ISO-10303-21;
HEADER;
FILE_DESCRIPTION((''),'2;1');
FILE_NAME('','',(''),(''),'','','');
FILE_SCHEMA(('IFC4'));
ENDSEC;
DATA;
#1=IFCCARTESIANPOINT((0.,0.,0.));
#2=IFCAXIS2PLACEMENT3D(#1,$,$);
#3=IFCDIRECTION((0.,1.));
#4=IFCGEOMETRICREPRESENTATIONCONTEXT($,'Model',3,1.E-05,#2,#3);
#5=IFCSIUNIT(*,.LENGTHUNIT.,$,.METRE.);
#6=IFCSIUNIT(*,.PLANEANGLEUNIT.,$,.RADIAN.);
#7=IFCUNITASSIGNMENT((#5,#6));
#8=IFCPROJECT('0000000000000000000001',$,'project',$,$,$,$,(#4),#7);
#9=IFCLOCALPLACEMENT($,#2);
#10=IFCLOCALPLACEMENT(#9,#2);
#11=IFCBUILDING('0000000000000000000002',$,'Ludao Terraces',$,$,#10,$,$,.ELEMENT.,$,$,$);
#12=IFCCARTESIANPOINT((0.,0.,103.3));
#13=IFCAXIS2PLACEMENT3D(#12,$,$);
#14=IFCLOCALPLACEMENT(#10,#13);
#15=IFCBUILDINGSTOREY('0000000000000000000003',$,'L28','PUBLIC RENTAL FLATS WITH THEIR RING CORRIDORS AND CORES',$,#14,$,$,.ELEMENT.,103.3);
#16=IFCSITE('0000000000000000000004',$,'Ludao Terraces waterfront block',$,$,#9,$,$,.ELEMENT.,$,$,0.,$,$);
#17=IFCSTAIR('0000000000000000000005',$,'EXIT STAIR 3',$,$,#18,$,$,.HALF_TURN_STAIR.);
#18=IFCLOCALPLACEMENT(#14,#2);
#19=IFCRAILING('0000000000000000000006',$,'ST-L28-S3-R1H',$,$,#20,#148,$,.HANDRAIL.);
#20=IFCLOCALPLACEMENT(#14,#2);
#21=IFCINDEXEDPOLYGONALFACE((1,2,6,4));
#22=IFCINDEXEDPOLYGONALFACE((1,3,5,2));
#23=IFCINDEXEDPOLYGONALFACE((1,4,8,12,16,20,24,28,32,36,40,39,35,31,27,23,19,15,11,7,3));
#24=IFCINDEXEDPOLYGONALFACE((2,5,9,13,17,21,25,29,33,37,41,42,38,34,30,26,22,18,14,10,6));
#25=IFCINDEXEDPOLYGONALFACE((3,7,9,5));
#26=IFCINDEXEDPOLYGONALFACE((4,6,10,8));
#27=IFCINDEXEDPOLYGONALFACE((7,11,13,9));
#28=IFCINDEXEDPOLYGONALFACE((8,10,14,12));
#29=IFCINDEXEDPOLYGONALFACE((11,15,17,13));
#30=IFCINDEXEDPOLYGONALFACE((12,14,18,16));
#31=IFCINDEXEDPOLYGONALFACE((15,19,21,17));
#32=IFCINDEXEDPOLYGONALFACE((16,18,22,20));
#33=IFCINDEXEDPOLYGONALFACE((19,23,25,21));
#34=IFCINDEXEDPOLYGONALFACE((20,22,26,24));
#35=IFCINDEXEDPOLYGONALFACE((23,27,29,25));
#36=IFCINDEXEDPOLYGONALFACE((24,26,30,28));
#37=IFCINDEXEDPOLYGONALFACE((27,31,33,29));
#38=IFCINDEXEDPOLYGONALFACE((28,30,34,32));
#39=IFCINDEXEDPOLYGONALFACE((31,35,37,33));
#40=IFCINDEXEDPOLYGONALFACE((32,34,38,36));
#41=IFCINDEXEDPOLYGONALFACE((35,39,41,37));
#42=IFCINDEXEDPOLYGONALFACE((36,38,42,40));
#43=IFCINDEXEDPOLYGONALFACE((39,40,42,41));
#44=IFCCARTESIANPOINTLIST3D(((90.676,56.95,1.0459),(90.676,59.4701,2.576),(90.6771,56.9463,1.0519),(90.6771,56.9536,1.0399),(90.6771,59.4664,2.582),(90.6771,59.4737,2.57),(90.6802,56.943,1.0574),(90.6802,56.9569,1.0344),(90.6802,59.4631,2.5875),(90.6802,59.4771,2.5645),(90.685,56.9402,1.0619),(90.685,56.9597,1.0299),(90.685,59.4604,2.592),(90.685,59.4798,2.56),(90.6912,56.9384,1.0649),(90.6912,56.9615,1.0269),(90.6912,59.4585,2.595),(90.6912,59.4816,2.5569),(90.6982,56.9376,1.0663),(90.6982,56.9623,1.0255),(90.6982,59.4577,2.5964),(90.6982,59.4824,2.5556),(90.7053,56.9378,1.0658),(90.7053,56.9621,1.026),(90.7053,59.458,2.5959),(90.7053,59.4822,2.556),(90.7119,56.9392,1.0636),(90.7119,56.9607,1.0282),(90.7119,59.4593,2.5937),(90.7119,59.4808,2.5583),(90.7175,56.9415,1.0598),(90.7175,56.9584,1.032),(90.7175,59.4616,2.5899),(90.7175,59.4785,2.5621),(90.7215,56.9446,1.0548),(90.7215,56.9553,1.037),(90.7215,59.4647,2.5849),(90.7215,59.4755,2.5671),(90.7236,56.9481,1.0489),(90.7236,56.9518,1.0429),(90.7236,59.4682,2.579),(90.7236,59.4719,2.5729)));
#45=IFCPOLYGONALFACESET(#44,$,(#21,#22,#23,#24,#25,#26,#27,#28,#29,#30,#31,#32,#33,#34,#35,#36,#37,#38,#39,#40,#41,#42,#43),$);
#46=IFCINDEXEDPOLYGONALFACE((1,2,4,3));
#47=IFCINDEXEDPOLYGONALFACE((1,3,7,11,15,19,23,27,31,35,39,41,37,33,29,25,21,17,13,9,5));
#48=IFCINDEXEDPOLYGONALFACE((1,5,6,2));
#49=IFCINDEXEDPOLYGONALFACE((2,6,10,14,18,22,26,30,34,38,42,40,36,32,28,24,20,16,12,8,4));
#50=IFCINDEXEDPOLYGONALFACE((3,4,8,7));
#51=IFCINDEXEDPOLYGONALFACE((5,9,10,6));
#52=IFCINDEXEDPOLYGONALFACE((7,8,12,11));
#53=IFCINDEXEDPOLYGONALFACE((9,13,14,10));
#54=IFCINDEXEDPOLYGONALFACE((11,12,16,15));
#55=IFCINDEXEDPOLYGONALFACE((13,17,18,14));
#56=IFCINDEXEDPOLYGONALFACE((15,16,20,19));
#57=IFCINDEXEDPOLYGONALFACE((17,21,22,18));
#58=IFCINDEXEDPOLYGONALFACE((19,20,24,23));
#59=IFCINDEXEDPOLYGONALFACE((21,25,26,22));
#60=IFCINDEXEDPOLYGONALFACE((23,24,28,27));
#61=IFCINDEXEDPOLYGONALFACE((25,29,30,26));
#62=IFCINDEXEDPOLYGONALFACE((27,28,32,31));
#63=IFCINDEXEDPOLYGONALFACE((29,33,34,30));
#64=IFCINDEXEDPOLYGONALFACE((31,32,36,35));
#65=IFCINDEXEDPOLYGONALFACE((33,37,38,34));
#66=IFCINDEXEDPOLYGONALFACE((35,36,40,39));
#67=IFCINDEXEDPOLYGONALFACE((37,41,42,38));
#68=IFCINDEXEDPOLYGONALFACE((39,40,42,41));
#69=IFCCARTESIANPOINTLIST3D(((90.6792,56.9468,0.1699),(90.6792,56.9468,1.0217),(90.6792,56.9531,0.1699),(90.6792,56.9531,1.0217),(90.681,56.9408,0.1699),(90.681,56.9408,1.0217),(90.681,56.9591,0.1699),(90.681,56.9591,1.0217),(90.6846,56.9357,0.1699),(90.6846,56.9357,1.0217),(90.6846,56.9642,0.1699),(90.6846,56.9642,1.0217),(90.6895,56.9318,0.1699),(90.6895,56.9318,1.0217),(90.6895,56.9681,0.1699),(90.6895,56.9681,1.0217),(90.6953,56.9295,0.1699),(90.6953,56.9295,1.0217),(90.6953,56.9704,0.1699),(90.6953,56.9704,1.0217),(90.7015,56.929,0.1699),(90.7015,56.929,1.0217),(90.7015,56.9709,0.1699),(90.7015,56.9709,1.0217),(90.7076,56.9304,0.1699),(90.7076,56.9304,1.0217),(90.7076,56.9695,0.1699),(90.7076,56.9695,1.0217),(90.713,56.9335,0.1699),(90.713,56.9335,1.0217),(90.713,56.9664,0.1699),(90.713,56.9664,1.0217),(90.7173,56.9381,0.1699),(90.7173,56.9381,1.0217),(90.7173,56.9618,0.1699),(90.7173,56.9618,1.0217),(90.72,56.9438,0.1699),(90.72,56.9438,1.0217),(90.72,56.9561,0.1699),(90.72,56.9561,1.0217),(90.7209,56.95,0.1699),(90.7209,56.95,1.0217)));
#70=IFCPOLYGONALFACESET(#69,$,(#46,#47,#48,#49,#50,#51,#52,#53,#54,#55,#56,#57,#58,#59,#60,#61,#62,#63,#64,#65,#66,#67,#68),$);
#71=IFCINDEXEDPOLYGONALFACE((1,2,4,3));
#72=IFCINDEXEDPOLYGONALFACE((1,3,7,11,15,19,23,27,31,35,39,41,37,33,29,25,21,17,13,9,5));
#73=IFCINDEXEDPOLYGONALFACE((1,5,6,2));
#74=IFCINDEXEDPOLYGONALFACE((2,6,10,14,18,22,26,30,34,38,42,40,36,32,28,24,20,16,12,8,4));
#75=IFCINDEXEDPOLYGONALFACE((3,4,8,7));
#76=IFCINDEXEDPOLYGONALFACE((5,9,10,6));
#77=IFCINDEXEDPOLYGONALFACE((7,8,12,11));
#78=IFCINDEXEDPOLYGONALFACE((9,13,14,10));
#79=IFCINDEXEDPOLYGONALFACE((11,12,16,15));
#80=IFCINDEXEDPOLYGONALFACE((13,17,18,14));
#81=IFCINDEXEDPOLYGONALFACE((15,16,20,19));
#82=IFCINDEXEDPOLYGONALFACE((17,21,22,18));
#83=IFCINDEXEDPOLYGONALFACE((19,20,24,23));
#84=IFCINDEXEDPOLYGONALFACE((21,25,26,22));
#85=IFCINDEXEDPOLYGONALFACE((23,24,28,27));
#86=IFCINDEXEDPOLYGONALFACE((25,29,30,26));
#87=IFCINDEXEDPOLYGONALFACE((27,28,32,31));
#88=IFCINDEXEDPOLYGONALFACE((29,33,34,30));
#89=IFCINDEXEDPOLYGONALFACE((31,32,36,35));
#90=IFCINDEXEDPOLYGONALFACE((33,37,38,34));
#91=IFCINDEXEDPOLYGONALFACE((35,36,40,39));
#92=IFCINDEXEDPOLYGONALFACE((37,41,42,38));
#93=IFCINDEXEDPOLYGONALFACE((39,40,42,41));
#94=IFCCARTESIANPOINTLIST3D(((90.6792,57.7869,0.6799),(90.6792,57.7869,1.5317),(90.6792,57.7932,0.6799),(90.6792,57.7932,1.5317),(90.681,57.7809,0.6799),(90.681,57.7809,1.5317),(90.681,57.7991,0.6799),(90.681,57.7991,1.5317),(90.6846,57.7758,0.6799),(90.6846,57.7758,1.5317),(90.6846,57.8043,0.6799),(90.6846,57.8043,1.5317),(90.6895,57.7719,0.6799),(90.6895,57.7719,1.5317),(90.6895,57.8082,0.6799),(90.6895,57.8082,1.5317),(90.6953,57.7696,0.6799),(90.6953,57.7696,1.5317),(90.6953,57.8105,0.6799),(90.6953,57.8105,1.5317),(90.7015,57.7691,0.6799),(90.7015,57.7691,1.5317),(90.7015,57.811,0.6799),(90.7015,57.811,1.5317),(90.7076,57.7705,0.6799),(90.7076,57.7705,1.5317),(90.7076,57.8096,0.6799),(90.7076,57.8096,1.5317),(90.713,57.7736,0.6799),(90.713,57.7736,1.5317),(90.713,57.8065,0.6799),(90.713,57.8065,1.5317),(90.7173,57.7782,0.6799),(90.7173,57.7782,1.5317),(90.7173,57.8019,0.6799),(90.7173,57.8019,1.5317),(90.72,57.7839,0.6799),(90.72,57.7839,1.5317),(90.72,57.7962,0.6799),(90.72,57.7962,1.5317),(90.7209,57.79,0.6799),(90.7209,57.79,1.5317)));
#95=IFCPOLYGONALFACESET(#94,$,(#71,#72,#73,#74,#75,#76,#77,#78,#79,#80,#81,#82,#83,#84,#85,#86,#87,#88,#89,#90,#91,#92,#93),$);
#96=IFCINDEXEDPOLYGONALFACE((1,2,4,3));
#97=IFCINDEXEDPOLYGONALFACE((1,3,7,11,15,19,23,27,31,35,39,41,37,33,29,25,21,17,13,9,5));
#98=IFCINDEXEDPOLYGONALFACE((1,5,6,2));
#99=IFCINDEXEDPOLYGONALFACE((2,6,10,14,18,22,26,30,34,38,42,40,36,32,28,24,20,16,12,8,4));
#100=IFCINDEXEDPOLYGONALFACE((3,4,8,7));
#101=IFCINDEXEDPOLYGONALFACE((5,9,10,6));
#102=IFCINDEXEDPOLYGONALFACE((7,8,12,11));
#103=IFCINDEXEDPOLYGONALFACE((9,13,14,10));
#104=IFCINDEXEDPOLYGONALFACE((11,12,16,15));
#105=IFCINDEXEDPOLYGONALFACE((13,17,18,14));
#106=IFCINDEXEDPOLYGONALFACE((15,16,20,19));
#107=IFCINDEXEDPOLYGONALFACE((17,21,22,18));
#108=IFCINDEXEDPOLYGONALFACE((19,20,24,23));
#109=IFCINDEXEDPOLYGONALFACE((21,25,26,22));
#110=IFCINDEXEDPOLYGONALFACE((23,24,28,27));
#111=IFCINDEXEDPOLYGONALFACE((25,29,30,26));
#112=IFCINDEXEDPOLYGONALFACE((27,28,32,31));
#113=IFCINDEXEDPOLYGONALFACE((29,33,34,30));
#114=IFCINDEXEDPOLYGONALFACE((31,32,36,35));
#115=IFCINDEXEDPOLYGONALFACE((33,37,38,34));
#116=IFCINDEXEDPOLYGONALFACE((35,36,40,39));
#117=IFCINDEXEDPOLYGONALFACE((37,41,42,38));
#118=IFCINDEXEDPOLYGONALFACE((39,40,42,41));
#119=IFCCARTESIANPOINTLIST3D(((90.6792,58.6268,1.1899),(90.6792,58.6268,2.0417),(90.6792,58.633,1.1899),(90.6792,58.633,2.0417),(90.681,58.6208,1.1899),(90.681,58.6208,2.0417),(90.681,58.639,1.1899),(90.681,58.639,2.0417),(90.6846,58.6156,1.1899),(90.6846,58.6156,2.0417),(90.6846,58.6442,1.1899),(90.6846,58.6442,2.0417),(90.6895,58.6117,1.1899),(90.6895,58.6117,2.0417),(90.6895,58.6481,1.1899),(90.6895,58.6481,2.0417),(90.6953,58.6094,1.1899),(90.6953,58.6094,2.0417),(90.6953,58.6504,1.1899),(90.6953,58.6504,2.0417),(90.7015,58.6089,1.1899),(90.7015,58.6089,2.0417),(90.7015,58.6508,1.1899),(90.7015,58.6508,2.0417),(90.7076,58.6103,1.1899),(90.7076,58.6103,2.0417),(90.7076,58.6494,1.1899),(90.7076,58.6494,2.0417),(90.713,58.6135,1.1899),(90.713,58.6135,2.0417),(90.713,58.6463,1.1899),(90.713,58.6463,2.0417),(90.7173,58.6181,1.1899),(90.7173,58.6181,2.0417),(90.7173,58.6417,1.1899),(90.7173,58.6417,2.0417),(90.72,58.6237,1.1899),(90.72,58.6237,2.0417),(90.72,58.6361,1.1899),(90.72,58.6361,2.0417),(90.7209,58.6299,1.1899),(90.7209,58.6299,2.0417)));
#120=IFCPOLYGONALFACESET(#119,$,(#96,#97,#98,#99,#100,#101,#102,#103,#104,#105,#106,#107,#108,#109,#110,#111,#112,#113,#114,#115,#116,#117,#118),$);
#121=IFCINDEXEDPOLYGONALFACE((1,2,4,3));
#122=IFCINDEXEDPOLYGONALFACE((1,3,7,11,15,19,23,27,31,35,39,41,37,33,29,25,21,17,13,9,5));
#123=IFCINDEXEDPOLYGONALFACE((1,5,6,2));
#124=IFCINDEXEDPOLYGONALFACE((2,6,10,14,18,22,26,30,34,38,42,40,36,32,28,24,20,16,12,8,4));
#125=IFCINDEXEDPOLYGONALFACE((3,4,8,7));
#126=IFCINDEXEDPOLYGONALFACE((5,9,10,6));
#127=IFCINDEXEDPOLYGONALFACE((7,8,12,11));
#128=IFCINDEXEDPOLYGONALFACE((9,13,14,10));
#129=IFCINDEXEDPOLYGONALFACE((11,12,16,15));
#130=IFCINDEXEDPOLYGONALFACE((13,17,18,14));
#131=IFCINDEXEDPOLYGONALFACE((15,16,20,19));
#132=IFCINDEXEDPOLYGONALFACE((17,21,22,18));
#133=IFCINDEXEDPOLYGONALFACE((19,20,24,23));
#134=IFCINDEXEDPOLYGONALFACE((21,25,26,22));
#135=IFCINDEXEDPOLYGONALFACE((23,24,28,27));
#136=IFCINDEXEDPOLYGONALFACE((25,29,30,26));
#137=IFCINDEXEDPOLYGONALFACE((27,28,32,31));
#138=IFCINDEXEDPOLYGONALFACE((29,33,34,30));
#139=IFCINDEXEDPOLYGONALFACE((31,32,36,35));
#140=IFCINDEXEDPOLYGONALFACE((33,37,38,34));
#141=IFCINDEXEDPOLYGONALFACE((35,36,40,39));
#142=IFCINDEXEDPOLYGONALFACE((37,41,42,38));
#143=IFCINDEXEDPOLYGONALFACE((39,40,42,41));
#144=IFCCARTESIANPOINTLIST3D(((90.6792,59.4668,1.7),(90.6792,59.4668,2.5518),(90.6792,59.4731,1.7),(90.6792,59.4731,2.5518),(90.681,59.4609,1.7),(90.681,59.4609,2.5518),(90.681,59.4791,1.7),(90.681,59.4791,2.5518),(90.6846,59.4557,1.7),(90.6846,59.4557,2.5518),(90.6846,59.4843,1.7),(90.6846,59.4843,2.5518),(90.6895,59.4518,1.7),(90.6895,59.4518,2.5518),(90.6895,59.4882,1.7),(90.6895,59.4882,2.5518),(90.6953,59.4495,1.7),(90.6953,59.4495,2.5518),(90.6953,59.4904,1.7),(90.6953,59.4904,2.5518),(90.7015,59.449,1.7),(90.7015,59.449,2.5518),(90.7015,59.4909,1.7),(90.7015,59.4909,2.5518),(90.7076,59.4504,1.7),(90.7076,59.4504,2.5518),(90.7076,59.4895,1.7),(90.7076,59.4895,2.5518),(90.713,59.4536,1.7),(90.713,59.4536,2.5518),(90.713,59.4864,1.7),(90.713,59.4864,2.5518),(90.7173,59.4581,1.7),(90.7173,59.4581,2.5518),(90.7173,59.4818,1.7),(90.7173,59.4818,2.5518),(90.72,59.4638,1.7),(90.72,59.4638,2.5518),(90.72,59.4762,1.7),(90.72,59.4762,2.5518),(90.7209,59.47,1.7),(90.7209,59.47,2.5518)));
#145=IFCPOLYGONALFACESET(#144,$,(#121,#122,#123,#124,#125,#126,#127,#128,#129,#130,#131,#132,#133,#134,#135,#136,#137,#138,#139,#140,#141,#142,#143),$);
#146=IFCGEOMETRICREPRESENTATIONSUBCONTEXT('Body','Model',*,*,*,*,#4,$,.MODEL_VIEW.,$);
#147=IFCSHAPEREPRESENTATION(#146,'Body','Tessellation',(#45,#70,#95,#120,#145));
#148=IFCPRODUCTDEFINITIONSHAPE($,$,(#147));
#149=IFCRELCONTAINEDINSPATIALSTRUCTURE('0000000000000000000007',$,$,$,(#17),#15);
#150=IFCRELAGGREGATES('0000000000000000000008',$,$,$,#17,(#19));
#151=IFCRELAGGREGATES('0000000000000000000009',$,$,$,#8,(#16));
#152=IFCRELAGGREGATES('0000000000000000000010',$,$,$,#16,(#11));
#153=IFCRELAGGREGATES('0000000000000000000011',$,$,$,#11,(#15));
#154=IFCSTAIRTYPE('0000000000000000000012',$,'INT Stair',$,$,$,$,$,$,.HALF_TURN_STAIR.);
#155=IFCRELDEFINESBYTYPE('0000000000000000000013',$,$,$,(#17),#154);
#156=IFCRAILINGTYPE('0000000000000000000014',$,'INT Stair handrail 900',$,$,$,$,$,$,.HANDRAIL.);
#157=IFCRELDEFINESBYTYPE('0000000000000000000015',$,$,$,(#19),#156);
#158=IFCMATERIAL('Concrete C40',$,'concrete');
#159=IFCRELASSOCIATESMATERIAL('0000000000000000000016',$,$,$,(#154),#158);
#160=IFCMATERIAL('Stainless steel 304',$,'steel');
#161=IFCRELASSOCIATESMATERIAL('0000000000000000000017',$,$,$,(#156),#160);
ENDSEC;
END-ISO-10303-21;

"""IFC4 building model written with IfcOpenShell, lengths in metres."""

from ifc_helpers import new_model, si_unit, direction, frame, origin, origin_2d, place, context, subcontext, project, spatial, circle, extrude, material, type_object, element, aggregate, save


model = new_model("IFC4")

# Units and contexts
model_context = context("Model", 3, precision=1e-05, world=origin(), true_north=direction((0.0, 1.0)))
body_context = subcontext(model_context, "Body", "Model", "MODEL_VIEW")
ifc_project = project(units=[si_unit("LENGTHUNIT", "METRE"), si_unit("PLANEANGLEUNIT", "RADIAN")], contexts=[model_context])

# Site, building, storey
site_placement = place(None, origin())
site = spatial("IfcSite", under=ifc_project, at=site_placement, Name="Ludao Terraces waterfront block", CompositionType="ELEMENT", RefElevation=0.0)
building_placement = place(site_placement, origin())
building = spatial("IfcBuilding", under=site, at=building_placement, Name="Ludao Terraces", CompositionType="ELEMENT")
storey_placement = place(building_placement, frame((0.0, 0.0, 103.3)))
storey = spatial("IfcBuildingStorey", under=building, at=storey_placement, Name="L28", Description="PUBLIC RENTAL FLATS WITH THEIR RING CORRIDORS AND CORES", CompositionType="ELEMENT", Elevation=103.3)

# Shared definitions
ifc_material_1 = material(Name="Concrete C40", Category="concrete")

# Stair, railing
stair_type = type_object("IfcStairType", Name="INT Stair", PredefinedType="HALF_TURN_STAIR", material=ifc_material_1)
stair_placement = place(storey_placement, origin())
stair = element("IfcStair", 1, at=stair_placement, inside=storey, type_object=stair_type, Name="EXIT STAIR 3", PredefinedType="HALF_TURN_STAIR")
ifc_material_2 = material(Name="Stainless steel 304", Category="steel")
railing_type_1 = type_object("IfcRailingType", Name="INT Stair handrail 900", PredefinedType="HANDRAIL", material=ifc_material_2)
railing_1_placement = place(storey_placement, frame((90.7, 56.95, 0.1699)))
railing_1 = element("IfcRailing", 2, at=railing_1_placement, type_object=railing_type_1, Name="ST-L28-S3-R1H", PredefinedType="HANDRAIL", context=body_context, shape_type="SweptSolid", body=[
    extrude(circle(Radius=0.0239, at=origin_2d()), frame((0.0, 0.0, 0.876), z_axis=(0.0, 0.854785, 0.518982), x_axis=(-1.0, 0.0, 0.0)), (0.0, 0.0, 1.0), 2.9482),
    extrude(circle(Radius=0.021, at=origin_2d()), origin(), (0.0, 0.0, 1.0), 0.8518),
    extrude(circle(Radius=0.021, at=origin_2d()), frame((0.0, 0.8401, 0.51)), (0.0, 0.0, 1.0), 0.8518),
    extrude(circle(Radius=0.021, at=origin_2d()), frame((0.0, 1.6799, 1.02)), (0.0, 0.0, 1.0), 0.8518),
    extrude(circle(Radius=0.021, at=origin_2d()), frame((0.0, 2.52, 1.53)), (0.0, 0.0, 1.0), 0.8518),
])
aggregate(stair, [railing_1])

save(model, "model.ifc")
